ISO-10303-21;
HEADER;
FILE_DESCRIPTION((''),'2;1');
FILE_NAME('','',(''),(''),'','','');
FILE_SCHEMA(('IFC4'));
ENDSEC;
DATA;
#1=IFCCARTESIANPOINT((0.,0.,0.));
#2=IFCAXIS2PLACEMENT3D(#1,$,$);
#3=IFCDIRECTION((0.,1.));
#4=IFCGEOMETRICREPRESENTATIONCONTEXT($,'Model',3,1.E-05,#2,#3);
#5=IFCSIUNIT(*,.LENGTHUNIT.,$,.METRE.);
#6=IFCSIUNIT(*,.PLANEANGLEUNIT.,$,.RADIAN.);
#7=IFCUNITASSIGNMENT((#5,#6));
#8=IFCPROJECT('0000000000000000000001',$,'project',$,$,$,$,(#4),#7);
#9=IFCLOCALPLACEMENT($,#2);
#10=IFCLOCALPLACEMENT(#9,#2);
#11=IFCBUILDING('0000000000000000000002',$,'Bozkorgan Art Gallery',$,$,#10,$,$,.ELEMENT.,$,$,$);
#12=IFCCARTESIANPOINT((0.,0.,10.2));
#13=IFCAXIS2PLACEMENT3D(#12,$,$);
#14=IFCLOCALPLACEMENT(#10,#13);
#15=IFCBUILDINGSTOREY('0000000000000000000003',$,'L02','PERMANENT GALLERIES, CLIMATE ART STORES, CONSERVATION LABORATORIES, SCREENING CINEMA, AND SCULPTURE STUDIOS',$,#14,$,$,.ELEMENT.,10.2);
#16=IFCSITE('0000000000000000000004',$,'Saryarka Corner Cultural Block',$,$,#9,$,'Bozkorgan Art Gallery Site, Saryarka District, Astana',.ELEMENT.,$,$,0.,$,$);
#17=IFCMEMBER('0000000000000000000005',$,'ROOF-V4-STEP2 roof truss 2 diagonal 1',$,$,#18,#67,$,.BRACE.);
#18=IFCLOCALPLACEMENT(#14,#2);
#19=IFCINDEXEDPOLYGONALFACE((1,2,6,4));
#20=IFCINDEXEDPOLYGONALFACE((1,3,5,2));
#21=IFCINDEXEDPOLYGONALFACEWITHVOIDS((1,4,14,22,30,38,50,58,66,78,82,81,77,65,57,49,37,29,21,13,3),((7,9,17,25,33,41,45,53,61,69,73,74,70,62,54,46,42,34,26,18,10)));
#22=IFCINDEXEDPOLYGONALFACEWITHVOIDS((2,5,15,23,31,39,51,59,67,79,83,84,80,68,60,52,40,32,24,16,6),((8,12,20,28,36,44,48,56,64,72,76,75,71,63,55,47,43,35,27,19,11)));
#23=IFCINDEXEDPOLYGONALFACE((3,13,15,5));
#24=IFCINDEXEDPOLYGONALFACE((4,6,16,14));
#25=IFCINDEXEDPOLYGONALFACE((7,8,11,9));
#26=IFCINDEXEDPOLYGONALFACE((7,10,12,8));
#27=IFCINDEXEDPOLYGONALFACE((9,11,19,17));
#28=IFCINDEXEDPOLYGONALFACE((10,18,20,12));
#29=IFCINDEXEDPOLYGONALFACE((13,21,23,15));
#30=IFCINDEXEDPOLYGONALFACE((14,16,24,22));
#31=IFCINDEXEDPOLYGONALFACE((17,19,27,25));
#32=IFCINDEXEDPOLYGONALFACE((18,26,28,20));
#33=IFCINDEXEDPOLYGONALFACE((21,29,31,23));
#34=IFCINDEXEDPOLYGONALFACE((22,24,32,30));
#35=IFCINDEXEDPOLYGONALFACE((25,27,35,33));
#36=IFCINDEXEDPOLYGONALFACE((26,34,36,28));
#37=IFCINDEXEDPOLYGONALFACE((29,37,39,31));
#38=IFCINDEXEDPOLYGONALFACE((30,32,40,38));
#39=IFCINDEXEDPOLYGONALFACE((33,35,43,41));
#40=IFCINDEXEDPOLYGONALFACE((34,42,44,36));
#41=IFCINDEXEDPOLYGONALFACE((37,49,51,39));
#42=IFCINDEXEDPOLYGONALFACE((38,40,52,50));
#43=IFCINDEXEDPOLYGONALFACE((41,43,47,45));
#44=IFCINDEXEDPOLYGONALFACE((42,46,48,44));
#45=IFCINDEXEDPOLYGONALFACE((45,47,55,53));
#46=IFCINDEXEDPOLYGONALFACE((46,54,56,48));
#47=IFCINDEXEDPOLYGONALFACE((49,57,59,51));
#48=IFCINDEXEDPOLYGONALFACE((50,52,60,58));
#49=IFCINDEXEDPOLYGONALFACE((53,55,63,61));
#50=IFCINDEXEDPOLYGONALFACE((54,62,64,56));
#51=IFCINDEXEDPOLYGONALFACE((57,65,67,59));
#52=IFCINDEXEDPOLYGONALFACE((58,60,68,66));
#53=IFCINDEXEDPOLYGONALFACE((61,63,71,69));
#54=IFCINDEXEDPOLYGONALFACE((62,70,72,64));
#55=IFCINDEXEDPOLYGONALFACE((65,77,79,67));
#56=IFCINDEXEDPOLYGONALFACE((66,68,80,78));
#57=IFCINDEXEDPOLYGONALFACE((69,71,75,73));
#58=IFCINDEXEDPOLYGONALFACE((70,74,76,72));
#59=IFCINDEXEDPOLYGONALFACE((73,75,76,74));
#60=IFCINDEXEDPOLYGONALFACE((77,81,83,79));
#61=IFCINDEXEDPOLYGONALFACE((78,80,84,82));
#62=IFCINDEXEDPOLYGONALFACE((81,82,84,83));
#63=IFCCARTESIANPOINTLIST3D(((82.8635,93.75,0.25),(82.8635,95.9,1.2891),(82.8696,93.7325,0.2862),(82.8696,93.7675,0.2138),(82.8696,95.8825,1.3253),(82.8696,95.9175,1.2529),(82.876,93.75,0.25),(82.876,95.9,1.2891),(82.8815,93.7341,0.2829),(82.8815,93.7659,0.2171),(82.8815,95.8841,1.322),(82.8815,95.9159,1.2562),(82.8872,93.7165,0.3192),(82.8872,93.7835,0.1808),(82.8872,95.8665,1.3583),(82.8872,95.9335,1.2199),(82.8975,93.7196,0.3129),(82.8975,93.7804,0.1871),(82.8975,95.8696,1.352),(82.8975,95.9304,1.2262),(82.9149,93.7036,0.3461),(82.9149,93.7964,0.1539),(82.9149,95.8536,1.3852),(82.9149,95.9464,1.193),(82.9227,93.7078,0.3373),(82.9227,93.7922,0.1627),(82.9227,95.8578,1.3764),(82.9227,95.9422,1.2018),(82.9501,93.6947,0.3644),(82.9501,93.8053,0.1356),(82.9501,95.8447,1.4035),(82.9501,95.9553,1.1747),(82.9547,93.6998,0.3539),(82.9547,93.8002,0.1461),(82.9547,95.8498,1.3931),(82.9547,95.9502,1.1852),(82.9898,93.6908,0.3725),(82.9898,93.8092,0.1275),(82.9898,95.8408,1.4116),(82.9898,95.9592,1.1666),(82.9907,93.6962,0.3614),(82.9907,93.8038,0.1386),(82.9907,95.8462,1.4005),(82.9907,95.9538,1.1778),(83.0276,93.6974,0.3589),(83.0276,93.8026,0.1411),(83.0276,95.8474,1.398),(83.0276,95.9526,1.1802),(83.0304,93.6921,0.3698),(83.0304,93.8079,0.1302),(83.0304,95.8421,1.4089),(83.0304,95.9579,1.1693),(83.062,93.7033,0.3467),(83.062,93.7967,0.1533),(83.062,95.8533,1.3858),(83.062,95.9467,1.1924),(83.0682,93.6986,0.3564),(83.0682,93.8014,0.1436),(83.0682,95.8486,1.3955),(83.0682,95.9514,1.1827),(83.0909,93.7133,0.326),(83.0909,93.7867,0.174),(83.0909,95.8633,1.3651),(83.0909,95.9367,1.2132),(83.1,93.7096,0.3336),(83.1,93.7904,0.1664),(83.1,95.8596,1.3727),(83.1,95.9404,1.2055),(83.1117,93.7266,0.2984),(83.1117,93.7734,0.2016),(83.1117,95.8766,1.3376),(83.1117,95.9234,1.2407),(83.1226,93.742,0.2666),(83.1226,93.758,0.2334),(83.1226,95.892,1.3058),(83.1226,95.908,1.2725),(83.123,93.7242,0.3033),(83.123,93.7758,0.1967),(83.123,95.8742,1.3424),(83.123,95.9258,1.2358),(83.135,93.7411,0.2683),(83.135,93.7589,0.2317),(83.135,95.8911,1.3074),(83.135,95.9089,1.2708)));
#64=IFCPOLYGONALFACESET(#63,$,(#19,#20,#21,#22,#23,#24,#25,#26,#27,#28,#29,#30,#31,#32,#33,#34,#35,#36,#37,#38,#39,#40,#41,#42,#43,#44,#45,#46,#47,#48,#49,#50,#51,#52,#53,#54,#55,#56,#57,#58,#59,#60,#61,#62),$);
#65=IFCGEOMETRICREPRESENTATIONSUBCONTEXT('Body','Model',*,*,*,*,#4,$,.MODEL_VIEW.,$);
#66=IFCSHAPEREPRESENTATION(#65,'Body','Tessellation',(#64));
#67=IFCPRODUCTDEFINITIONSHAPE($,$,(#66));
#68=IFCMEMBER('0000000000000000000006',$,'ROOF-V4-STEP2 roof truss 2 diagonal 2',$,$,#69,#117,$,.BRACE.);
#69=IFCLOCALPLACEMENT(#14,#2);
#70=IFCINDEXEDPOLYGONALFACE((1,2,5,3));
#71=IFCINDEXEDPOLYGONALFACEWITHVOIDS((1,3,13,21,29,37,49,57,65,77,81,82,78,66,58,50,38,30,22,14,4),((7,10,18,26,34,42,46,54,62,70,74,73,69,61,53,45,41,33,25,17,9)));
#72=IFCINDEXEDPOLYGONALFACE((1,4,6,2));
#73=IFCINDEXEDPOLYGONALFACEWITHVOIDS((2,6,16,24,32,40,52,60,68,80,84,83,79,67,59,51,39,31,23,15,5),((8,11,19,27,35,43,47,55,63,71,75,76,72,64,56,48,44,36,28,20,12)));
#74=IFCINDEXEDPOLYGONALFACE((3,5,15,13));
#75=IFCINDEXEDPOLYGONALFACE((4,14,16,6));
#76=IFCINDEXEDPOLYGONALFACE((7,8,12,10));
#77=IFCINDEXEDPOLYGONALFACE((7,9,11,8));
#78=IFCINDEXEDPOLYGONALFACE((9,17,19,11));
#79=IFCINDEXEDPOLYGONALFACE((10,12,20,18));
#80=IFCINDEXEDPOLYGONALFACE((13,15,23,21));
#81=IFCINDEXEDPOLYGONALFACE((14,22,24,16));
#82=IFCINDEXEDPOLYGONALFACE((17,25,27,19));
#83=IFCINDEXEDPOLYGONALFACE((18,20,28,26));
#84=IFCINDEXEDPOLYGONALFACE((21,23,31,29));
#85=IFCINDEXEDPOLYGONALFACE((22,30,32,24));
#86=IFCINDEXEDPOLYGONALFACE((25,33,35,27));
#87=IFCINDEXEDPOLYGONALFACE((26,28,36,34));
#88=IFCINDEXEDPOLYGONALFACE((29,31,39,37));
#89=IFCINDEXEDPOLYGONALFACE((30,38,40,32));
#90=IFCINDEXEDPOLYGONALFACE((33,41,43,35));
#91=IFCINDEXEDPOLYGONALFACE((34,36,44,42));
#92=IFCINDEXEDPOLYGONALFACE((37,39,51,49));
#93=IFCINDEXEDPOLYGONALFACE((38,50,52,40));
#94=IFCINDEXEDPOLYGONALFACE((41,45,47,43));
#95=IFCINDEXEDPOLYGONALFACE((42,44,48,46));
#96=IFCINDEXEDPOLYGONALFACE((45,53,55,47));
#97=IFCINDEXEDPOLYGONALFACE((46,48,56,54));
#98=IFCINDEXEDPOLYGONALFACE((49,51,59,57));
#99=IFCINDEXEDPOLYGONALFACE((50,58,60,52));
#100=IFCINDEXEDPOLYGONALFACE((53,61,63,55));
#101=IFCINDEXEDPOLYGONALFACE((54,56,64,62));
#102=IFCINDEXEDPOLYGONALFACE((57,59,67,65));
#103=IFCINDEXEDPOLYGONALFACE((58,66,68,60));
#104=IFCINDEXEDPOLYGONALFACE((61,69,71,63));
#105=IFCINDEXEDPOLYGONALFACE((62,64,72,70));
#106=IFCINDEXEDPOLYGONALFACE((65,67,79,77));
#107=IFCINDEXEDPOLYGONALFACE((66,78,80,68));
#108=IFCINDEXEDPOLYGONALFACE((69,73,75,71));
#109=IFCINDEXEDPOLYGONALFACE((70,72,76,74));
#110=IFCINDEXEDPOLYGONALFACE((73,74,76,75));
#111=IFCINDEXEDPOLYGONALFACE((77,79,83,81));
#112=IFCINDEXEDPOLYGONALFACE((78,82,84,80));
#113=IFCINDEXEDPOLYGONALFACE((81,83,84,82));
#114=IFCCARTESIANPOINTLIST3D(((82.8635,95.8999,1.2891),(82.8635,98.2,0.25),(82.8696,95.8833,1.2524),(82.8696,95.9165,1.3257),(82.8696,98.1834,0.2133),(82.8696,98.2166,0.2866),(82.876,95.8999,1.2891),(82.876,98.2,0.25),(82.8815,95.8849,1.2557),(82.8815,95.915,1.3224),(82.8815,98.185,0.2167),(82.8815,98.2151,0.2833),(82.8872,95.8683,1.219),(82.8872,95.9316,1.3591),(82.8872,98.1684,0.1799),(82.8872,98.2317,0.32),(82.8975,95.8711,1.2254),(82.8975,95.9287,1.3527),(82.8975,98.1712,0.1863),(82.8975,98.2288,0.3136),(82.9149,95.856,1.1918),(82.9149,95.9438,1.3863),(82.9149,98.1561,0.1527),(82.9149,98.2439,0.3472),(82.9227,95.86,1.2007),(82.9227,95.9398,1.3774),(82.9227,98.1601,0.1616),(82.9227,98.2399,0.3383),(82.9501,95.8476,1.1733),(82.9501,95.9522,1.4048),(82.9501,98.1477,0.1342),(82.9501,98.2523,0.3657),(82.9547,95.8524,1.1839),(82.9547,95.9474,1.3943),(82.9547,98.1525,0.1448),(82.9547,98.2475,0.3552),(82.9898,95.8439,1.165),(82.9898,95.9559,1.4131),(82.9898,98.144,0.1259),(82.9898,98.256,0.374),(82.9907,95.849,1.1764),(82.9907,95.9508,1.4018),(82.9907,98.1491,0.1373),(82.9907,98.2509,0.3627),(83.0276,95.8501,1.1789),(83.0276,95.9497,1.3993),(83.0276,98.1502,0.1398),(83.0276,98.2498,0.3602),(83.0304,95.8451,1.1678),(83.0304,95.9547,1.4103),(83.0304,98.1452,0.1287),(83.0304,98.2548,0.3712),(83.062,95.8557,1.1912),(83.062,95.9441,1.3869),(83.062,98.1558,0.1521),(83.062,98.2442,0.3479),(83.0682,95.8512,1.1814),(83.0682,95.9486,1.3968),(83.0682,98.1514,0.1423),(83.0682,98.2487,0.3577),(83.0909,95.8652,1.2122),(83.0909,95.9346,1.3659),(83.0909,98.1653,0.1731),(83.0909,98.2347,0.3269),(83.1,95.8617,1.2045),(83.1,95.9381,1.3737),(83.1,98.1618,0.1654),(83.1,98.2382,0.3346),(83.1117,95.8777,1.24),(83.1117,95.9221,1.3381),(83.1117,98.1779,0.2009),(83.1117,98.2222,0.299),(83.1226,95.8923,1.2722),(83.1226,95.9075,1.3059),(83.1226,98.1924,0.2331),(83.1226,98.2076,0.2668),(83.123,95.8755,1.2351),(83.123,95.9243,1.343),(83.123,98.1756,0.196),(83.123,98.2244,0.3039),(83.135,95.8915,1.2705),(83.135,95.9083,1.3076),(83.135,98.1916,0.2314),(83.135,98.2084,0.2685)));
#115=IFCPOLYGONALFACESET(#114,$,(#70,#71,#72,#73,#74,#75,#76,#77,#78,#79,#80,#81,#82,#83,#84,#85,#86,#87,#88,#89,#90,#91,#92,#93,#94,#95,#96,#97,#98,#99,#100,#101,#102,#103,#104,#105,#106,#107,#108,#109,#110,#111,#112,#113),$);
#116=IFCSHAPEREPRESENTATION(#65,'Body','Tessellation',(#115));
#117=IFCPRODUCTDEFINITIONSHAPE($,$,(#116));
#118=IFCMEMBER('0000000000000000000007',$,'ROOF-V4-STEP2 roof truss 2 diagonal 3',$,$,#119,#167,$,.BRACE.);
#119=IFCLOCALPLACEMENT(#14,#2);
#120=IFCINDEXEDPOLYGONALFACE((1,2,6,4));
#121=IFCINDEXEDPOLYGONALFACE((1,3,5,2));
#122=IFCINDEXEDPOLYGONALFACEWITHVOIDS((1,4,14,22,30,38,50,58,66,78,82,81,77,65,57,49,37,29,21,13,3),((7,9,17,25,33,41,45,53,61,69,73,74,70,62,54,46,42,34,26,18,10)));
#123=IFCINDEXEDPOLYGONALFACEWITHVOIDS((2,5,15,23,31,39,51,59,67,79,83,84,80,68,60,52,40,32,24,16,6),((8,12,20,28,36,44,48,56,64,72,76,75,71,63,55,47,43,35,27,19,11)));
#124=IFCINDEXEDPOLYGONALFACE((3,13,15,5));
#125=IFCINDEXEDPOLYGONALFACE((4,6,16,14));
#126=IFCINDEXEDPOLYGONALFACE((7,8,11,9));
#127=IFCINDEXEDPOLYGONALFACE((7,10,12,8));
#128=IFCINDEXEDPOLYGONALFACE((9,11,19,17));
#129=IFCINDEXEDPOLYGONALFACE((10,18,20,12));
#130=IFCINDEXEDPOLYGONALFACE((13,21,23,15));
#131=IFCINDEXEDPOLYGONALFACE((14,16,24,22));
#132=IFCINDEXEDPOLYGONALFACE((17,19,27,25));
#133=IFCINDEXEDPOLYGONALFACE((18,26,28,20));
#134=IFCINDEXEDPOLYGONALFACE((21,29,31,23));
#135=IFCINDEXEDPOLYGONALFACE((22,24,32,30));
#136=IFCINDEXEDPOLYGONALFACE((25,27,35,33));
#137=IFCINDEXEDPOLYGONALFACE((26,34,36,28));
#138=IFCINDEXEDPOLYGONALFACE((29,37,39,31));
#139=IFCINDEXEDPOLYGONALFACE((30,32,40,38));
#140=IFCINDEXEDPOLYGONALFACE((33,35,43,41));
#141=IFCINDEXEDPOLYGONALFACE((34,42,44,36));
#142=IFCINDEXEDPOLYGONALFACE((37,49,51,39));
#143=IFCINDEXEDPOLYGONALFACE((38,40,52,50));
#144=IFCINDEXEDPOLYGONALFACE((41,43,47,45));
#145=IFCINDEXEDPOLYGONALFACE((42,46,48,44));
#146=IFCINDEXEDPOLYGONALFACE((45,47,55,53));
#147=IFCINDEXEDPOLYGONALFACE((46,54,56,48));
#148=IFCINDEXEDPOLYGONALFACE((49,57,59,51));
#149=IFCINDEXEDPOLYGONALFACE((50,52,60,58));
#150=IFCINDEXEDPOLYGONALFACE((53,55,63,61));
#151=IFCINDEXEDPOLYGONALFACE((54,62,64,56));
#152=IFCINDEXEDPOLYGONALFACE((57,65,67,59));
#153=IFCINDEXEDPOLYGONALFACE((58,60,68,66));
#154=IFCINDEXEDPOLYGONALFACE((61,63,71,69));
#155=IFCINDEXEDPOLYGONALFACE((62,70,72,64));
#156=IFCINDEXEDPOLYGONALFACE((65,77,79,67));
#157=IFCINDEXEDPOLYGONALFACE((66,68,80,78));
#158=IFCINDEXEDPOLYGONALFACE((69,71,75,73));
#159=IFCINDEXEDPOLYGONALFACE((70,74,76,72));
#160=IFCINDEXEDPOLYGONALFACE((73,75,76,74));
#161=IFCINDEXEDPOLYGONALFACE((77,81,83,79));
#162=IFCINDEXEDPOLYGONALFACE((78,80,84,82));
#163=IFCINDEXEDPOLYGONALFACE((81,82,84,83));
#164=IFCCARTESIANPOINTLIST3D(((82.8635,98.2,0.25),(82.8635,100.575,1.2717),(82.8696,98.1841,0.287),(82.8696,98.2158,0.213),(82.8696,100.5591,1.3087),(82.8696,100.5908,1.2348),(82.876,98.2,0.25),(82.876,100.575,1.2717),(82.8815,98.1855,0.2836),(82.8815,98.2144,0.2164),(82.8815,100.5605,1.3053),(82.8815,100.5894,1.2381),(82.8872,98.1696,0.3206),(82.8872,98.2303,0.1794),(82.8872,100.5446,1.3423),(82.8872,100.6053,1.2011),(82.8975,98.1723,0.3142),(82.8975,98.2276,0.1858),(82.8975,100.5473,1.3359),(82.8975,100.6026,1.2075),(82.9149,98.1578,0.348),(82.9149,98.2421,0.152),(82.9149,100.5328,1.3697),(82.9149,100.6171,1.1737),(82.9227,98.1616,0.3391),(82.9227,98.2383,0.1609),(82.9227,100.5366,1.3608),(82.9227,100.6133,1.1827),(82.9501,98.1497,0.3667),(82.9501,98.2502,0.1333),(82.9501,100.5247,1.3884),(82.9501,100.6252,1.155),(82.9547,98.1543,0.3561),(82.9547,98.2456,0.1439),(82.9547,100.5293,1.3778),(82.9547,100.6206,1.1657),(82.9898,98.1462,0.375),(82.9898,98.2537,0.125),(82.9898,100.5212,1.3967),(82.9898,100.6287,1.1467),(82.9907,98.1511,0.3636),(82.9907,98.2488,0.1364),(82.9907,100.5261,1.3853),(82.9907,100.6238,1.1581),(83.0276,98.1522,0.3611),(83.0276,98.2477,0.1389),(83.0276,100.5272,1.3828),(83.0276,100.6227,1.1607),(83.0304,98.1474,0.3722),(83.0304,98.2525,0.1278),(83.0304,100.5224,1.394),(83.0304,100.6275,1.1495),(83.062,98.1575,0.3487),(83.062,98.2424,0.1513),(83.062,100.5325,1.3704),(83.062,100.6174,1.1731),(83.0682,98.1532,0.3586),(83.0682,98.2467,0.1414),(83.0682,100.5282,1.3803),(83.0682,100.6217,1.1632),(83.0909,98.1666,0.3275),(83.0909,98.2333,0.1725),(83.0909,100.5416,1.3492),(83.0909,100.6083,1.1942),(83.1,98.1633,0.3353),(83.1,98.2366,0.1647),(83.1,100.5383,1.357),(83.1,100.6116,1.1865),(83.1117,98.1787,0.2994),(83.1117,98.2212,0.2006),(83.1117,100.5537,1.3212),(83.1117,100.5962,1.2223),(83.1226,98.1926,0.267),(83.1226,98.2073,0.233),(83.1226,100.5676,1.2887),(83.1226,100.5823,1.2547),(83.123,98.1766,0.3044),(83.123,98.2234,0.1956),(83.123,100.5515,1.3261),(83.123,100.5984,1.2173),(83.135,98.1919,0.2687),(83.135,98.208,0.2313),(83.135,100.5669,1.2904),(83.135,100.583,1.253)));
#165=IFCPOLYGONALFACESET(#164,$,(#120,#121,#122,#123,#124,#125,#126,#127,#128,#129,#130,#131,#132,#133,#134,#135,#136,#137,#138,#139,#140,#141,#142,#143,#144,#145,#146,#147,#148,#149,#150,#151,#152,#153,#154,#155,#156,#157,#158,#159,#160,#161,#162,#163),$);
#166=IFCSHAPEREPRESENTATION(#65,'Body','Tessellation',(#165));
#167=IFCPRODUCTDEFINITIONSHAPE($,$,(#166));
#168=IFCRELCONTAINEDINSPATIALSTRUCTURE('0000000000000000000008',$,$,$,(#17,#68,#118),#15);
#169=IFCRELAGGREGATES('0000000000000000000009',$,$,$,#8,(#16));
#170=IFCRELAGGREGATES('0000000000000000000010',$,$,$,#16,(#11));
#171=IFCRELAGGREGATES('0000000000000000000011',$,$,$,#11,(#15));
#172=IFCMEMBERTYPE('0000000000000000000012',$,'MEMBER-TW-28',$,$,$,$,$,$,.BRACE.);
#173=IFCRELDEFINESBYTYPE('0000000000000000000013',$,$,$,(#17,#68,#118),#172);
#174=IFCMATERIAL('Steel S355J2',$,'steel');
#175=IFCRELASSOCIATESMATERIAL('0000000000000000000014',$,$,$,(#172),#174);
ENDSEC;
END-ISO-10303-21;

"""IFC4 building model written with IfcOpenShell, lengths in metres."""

from ifc_helpers import new_model, si_unit, direction, frame, origin, origin_2d, place, context, subcontext, project, spatial, hollow_circle, extrude, material, material_profile, profile_set, type_object, element, save


model = new_model("IFC4")

# Units and contexts
model_context = context("Model", 3, precision=1e-05, world=origin(), true_north=direction((0.0, 1.0)))
body_context = subcontext(model_context, "Body", "Model", "MODEL_VIEW")
ifc_project = project(units=[si_unit("LENGTHUNIT", "METRE"), si_unit("PLANEANGLEUNIT", "RADIAN")], contexts=[model_context])

# Site, building, storey
site_placement = place(None, origin())
site = spatial("IfcSite", under=ifc_project, at=site_placement, Name="Saryarka Corner Cultural Block", LongName="Bozkorgan Art Gallery Site, Saryarka District, Astana", CompositionType="ELEMENT", RefElevation=0.0)
building_placement = place(site_placement, origin())
building = spatial("IfcBuilding", under=site, at=building_placement, Name="Bozkorgan Art Gallery", CompositionType="ELEMENT")
storey_placement = place(building_placement, frame((0.0, 0.0, 10.2)))
storey = spatial("IfcBuildingStorey", under=building, at=storey_placement, Name="L02", Description="PERMANENT GALLERIES, CLIMATE ART STORES, CONSERVATION LABORATORIES, SCREENING CINEMA, AND SCULPTURE STUDIOS", CompositionType="ELEMENT", Elevation=10.2)

# Shared definitions
ifc_material_1 = material(Name="Steel S355J2", Category="steel")

# Members
ifc_material_profile_1 = material_profile(ifc_material_1, hollow_circle(Radius=0.1365, WallThickness=0.0125, at=origin_2d()), Name="CHS 273x12.5")
ifc_profile_set_1 = profile_set([ifc_material_profile_1], Name="Steel S355J2")
member_type_1 = type_object("IfcMemberType", Name="MEMBER-TW-28", PredefinedType="BRACE", material=ifc_profile_set_1)
member_1_placement = place(storey_placement, frame((83.0, 93.75, 0.25), z_axis=(0.0, 0.900358, 0.435149), x_axis=(-1.0, 0.0, 0.0)))
element("IfcMember", 1, at=member_1_placement, inside=storey, type_object=member_type_1, Name="ROOF-V4-STEP2 roof truss 2 diagonal 1", PredefinedType="BRACE", context=body_context, shape_type="SweptSolid", body=[
    extrude(hollow_circle(Radius=0.1365, WallThickness=0.0125, at=origin_2d()), origin(), (0.0, 0.0, 1.0), 2.3879),
])
member_2_placement = place(storey_placement, frame((83.0, 95.8999, 1.2891), z_axis=(0.0, 0.911321, -0.411696), x_axis=(-1.0, 0.0, 0.0)))
element("IfcMember", 2, at=member_2_placement, inside=storey, type_object=member_type_1, Name="ROOF-V4-STEP2 roof truss 2 diagonal 2", PredefinedType="BRACE", context=body_context, shape_type="SweptSolid", body=[
    extrude(hollow_circle(Radius=0.1365, WallThickness=0.0125, at=origin_2d()), origin(), (0.0, 0.0, 1.0), 2.5239),
])
for number, where, z_axis, x_axis, name in (
    (3, (83.0, 98.2, 0.25), (0.0, 0.918602, 0.395184), (-1.0, 0.0, 0.0), "ROOF-V4-STEP2 roof truss 2 diagonal 3"),
):
    element("IfcMember", number, at=place(storey_placement, frame(where, z_axis=z_axis, x_axis=x_axis)), inside=storey, type_object=member_type_1, Name=name, PredefinedType="BRACE", context=body_context, shape_type="SweptSolid", body=[
        extrude(hollow_circle(Radius=0.1365, WallThickness=0.0125, at=origin_2d()), origin(), (0.0, 0.0, 1.0), 2.5854),
    ])

save(model, "model.ifc")
